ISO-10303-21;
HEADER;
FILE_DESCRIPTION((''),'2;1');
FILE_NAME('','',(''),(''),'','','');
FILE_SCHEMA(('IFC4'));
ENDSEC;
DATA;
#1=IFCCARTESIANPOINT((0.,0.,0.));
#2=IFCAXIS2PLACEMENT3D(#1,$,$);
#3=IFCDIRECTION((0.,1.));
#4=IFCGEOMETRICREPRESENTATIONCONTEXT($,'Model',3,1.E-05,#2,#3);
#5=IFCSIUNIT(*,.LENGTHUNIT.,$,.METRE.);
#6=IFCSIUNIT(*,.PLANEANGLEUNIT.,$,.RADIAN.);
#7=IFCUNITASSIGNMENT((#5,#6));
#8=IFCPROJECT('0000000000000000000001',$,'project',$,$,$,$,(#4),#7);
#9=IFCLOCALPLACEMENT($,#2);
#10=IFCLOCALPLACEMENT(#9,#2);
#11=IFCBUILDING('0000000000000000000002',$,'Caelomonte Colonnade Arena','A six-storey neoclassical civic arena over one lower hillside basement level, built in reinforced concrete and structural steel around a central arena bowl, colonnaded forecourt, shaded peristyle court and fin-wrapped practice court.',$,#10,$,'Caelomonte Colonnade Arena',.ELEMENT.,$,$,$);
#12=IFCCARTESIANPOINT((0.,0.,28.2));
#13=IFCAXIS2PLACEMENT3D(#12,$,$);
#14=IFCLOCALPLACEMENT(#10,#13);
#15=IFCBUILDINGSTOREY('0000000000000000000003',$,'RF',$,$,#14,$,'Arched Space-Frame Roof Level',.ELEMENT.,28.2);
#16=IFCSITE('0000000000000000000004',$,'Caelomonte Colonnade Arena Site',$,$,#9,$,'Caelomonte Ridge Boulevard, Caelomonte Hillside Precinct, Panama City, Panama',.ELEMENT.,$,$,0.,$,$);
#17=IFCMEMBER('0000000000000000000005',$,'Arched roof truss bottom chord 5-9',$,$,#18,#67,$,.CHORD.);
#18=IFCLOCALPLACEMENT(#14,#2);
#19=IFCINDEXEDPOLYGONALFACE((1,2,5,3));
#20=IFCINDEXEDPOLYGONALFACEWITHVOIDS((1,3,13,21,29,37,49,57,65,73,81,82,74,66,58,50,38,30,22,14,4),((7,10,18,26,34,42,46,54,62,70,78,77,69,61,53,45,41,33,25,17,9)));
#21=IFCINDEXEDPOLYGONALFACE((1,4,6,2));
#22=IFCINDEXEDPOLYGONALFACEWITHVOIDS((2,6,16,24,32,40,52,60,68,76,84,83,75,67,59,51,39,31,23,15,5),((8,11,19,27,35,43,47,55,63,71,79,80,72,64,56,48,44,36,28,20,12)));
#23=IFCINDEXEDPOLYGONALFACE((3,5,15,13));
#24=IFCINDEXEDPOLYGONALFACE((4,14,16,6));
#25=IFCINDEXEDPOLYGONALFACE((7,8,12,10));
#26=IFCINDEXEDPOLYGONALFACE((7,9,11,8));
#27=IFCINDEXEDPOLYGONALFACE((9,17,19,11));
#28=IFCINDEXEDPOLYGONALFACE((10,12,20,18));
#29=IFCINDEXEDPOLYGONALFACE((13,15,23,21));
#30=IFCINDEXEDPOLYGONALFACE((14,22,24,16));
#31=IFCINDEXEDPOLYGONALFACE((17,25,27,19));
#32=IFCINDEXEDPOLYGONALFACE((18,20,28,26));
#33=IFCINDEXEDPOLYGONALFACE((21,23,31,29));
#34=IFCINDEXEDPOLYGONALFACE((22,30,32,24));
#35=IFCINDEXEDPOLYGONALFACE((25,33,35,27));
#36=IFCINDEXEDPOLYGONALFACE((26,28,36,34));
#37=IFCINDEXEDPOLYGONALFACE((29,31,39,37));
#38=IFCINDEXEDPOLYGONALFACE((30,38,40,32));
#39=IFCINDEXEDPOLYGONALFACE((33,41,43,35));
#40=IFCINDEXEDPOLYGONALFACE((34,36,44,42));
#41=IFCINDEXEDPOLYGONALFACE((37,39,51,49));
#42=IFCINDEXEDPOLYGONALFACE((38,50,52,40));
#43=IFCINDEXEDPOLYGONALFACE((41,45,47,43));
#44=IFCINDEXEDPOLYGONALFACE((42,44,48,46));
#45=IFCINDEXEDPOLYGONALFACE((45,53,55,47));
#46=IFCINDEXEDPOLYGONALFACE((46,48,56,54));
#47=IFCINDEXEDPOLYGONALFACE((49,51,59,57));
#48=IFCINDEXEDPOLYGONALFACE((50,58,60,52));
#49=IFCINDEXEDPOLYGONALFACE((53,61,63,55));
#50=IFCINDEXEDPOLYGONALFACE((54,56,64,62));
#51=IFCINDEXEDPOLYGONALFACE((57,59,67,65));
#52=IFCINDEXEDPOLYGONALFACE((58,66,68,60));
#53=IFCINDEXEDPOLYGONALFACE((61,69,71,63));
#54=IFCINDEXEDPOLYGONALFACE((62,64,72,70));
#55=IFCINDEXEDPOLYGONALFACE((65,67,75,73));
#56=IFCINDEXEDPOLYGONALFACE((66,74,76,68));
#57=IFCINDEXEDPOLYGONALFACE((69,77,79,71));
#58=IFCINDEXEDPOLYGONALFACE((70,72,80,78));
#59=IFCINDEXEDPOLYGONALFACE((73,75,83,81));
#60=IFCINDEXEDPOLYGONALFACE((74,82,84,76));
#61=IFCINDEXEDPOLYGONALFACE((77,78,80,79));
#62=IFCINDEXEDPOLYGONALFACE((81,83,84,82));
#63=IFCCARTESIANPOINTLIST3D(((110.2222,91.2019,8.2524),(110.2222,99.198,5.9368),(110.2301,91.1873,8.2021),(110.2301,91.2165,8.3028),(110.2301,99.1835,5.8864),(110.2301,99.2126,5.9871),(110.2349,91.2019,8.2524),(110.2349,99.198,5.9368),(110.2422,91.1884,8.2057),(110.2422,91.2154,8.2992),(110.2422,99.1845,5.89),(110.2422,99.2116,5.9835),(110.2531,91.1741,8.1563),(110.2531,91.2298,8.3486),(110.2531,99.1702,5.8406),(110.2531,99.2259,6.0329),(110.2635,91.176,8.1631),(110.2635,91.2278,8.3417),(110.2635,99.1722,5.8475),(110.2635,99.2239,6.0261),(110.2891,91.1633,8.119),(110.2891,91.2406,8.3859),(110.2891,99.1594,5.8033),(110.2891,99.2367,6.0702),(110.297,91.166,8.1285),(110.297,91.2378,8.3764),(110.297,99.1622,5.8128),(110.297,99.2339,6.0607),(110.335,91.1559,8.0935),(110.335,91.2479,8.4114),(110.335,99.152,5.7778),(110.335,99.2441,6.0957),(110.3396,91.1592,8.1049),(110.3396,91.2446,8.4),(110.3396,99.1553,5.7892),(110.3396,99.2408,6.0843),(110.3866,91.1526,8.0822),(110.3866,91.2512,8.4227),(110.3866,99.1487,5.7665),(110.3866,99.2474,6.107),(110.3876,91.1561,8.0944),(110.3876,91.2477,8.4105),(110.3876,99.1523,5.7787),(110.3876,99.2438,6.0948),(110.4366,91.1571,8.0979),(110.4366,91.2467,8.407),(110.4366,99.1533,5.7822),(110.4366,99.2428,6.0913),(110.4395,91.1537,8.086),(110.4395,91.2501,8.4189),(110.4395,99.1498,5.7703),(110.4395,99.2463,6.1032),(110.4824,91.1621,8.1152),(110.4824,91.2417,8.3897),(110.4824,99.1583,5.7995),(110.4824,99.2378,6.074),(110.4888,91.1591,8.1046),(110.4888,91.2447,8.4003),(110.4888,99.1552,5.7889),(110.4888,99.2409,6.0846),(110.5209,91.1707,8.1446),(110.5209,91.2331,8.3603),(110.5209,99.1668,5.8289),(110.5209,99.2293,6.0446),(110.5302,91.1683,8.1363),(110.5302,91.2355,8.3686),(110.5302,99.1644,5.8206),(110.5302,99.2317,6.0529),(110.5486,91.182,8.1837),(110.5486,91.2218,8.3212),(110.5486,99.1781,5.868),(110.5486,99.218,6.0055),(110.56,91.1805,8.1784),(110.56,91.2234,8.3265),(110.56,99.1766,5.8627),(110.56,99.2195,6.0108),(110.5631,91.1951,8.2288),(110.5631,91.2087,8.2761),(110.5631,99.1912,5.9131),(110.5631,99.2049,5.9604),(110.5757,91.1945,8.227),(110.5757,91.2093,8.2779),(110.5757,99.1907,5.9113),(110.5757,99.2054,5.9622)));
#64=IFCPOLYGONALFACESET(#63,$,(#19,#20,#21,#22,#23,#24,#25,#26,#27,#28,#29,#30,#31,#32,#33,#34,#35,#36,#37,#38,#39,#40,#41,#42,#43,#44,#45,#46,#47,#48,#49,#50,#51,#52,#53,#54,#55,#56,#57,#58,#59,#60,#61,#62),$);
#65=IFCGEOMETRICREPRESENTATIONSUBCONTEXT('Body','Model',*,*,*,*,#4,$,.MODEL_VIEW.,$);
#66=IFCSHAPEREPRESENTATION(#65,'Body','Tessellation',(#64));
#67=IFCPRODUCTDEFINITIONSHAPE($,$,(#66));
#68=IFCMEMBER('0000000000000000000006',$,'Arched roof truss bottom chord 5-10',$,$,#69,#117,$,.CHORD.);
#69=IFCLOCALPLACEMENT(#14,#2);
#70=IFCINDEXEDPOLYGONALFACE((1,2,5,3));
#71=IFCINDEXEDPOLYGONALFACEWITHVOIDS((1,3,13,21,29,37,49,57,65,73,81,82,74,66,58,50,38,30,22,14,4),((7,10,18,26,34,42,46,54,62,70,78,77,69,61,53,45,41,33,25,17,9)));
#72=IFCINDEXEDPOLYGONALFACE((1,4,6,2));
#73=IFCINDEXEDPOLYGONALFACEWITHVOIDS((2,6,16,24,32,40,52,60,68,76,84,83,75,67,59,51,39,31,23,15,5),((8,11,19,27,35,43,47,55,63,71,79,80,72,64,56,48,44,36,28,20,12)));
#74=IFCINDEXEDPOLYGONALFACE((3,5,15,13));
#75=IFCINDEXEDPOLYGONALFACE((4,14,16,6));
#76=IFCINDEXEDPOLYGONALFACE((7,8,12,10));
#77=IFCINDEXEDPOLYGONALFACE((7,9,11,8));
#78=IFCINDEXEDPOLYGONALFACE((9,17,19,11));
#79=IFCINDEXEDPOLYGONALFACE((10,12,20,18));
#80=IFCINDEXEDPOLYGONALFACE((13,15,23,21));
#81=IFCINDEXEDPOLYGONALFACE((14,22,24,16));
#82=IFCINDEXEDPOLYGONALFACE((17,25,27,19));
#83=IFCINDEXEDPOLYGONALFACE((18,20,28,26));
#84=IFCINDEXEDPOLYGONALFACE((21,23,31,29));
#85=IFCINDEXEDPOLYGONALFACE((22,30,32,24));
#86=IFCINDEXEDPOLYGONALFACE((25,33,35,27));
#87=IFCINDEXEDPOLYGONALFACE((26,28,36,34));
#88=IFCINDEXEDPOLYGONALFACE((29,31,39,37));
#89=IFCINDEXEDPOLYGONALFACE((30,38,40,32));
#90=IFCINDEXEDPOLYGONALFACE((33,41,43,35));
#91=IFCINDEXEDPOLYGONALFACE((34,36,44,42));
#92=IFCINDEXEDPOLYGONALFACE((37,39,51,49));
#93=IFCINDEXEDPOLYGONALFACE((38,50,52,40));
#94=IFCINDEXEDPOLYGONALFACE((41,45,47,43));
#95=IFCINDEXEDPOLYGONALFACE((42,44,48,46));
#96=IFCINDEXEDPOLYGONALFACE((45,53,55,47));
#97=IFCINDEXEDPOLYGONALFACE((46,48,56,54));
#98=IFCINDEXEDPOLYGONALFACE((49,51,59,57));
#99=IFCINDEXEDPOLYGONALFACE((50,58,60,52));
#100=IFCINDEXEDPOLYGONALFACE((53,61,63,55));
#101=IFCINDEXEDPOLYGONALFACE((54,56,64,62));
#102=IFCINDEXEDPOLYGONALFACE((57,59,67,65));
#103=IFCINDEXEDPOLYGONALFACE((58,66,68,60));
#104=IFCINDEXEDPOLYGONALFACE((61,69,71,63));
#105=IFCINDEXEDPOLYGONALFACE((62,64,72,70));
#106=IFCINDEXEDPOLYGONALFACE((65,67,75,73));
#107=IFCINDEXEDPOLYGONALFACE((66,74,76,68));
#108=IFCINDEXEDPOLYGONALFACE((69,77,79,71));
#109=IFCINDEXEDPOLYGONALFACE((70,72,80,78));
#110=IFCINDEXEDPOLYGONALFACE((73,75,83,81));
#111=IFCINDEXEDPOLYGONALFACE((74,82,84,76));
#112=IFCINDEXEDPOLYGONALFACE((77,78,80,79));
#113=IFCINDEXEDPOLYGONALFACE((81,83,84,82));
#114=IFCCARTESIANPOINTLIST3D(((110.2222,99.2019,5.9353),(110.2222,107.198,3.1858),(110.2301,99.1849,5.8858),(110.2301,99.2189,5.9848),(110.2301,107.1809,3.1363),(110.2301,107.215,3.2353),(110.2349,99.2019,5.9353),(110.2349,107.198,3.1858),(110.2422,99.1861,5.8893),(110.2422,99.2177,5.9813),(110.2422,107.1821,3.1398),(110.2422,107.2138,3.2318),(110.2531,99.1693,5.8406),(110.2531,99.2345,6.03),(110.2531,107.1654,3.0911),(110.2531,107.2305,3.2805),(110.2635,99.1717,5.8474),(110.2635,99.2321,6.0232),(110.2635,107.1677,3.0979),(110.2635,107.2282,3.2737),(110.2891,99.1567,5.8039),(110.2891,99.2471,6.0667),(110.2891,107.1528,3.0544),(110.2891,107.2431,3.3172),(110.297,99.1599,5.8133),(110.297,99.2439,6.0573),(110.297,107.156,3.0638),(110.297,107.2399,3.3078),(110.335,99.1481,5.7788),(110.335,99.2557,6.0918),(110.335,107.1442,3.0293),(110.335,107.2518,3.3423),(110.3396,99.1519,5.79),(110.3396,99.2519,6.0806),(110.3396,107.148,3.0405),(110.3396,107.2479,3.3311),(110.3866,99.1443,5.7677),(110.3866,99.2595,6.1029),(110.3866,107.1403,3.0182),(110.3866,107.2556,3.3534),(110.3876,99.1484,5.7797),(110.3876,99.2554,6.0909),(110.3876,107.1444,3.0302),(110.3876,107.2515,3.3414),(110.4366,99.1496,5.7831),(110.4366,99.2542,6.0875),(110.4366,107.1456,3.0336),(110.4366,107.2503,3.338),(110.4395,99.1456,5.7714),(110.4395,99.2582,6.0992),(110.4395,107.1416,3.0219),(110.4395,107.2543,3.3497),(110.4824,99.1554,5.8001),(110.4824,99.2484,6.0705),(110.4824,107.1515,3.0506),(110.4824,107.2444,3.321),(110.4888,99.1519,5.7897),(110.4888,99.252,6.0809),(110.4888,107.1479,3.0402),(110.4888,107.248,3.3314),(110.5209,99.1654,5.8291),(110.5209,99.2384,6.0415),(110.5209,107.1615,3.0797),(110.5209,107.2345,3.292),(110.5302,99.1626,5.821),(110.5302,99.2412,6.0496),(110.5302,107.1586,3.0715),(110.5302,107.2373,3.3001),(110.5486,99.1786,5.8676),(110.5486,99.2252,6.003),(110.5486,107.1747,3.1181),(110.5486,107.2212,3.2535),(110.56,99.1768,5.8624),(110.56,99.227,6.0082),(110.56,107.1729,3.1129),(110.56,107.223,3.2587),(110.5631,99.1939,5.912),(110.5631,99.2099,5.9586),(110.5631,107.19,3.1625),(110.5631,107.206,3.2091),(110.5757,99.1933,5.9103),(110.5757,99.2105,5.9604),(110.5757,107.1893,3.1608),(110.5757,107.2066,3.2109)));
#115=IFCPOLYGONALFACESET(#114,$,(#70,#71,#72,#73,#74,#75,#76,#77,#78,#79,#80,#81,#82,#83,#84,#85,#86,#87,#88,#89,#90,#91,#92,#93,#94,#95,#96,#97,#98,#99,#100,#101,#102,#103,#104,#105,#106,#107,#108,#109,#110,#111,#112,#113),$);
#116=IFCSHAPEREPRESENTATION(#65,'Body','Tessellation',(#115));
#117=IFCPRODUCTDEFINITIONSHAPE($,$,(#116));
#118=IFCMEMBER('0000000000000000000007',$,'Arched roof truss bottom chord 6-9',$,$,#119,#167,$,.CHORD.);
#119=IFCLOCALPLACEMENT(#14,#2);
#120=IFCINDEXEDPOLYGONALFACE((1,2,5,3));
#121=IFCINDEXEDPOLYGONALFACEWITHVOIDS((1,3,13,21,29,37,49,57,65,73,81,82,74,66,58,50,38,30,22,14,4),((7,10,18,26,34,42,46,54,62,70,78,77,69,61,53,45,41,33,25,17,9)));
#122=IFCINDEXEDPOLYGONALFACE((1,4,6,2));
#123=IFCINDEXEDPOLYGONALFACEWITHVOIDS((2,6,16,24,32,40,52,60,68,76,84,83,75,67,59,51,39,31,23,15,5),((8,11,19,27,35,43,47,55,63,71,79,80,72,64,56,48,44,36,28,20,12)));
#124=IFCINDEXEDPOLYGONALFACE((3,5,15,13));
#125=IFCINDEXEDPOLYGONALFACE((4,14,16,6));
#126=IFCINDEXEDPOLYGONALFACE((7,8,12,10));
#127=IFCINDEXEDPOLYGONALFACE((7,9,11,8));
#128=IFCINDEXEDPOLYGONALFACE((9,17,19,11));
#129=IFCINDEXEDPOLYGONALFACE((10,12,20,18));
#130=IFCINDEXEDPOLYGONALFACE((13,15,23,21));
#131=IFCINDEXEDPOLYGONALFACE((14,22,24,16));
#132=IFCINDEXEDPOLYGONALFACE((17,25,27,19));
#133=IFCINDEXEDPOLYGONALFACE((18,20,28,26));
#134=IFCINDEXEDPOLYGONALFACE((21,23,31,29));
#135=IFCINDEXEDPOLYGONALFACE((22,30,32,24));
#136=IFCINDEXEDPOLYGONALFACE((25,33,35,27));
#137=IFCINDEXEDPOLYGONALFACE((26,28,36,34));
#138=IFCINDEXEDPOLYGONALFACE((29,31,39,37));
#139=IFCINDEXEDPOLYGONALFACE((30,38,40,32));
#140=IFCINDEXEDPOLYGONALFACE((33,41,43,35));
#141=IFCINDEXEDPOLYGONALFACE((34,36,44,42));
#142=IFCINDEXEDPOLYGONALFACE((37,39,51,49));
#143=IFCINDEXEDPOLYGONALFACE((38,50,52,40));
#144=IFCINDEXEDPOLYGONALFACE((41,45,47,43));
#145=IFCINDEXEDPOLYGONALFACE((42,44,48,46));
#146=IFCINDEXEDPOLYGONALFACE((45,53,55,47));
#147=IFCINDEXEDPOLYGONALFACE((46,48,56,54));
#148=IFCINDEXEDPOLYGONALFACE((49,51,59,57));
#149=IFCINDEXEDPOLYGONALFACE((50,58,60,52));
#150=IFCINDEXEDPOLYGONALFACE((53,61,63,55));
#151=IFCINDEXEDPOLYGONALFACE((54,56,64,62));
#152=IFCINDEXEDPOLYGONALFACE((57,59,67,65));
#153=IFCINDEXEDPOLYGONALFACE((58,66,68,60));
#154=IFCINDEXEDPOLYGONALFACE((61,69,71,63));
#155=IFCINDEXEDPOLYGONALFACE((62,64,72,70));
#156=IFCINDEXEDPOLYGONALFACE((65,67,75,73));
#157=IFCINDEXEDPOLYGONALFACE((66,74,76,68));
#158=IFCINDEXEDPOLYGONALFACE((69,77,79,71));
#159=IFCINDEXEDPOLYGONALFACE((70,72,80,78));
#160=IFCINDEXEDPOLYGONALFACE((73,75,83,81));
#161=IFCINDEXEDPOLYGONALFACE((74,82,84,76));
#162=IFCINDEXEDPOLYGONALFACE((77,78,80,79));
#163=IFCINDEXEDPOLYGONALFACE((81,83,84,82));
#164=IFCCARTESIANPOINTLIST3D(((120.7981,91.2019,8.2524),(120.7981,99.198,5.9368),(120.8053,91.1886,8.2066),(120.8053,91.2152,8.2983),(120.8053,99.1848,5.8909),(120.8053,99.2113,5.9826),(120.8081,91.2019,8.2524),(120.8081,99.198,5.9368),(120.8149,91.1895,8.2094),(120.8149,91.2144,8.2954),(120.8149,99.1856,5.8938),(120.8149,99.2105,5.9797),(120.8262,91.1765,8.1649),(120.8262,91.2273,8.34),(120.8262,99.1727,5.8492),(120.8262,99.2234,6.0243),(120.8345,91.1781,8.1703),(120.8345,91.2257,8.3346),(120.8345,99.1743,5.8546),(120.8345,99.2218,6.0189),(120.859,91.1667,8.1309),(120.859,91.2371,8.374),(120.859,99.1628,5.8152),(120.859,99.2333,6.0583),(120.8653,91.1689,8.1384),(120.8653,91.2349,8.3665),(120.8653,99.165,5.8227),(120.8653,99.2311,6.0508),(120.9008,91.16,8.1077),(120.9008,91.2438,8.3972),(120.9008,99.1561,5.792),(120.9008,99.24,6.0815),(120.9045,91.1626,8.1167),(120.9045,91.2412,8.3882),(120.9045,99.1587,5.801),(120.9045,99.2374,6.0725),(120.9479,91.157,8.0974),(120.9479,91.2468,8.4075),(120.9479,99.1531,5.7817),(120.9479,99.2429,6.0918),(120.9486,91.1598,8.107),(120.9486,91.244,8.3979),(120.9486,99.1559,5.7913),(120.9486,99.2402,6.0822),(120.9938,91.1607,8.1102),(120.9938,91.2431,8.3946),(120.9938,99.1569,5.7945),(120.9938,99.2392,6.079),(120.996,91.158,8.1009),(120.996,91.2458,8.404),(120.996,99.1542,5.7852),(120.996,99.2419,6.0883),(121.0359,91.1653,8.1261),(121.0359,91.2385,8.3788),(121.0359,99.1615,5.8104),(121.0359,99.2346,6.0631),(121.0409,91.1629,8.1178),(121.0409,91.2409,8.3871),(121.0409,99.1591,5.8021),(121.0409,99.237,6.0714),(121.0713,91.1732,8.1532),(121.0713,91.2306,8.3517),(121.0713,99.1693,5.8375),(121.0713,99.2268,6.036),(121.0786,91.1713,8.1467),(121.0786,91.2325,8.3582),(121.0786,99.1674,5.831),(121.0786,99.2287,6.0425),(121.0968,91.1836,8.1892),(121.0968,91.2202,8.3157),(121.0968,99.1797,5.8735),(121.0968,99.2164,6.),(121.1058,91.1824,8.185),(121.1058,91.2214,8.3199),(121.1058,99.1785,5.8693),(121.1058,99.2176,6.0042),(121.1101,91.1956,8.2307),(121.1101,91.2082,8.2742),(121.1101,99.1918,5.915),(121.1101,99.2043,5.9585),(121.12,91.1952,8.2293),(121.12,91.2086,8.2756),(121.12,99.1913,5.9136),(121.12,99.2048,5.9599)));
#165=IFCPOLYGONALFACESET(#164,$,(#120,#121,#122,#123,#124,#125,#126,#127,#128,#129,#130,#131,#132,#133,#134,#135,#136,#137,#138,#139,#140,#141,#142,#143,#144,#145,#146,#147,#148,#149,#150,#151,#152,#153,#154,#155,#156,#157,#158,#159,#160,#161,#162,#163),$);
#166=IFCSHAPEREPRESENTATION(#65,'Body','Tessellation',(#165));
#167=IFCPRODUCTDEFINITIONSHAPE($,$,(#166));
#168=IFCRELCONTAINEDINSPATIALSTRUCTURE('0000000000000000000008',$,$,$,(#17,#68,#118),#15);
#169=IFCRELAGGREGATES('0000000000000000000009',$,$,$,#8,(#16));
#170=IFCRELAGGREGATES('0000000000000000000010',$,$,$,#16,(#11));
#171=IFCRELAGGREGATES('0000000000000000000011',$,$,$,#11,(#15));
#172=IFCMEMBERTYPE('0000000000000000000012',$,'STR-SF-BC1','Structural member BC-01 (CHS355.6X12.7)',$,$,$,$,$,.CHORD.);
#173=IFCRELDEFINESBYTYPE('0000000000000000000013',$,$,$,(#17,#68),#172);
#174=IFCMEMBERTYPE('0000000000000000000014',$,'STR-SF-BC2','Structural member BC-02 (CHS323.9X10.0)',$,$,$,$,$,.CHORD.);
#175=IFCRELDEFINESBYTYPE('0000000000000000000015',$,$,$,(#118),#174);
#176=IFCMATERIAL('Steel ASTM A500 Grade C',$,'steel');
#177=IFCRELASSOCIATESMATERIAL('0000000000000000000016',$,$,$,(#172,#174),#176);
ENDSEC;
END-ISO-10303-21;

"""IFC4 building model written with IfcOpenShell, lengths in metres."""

from ifc_helpers import new_model, si_unit, direction, frame, origin, origin_2d, place, context, subcontext, project, spatial, hollow_circle, extrude, material, material_profile, profile_set, type_object, element, save


model = new_model("IFC4")

# Units and contexts
model_context = context("Model", 3, precision=1e-05, world=origin(), true_north=direction((0.0, 1.0)))
body_context = subcontext(model_context, "Body", "Model", "MODEL_VIEW")
ifc_project = project(units=[si_unit("LENGTHUNIT", "METRE"), si_unit("PLANEANGLEUNIT", "RADIAN")], contexts=[model_context])

# Site, building, storey
site_placement = place(None, origin())
site = spatial("IfcSite", under=ifc_project, at=site_placement, Name="Caelomonte Colonnade Arena Site", LongName="Caelomonte Ridge Boulevard, Caelomonte Hillside Precinct, Panama City, Panama", CompositionType="ELEMENT", RefElevation=0.0)
building_placement = place(site_placement, origin())
building = spatial("IfcBuilding", under=site, at=building_placement, Name="Caelomonte Colonnade Arena", Description="A six-storey neoclassical civic arena over one lower hillside basement level, built in reinforced concrete and structural steel around a central arena bowl, colonnaded forecourt, shaded peristyle court and fin-wrapped practice court.", LongName="Caelomonte Colonnade Arena", CompositionType="ELEMENT")
storey_placement = place(building_placement, frame((0.0, 0.0, 28.2)))
storey = spatial("IfcBuildingStorey", under=building, at=storey_placement, Name="RF", LongName="Arched Space-Frame Roof Level", CompositionType="ELEMENT", Elevation=28.2)

# Members
ifc_material_1 = material(Name="Steel ASTM A500 Grade C", Category="steel")
ifc_material_profile_1 = material_profile(ifc_material_1, hollow_circle(Radius=0.1777, WallThickness=0.0127, at=origin_2d()), Name="CHS355.6X12.7")
ifc_profile_set_1 = profile_set([ifc_material_profile_1], Name="Steel ASTM A500 Grade C")
member_type_1 = type_object("IfcMemberType", Name="STR-SF-BC1", Description="Structural member BC-01 (CHS355.6X12.7)", PredefinedType="CHORD", material=ifc_profile_set_1)
member_1_placement = place(storey_placement, frame((110.3999, 91.2019, 8.2524), z_axis=(0.0, 0.960532, -0.278171), x_axis=(-1.0, 0.0, 0.0)))
element("IfcMember", 1, at=member_1_placement, inside=storey, type_object=member_type_1, Name="Arched roof truss bottom chord 5-9", PredefinedType="CHORD", context=body_context, shape_type="SweptSolid", body=[
    extrude(hollow_circle(Radius=0.1777, WallThickness=0.0127, at=origin_2d()), origin(), (0.0, 0.0, 1.0), 8.3247),
])
member_2_placement = place(storey_placement, frame((110.3999, 99.2019, 5.9353), z_axis=(0.0, 0.945656, -0.32517), x_axis=(-1.0, 0.0, 0.0)))
element("IfcMember", 2, at=member_2_placement, inside=storey, type_object=member_type_1, Name="Arched roof truss bottom chord 5-10", PredefinedType="CHORD", context=body_context, shape_type="SweptSolid", body=[
    extrude(hollow_circle(Radius=0.1777, WallThickness=0.0127, at=origin_2d()), origin(), (0.0, 0.0, 1.0), 8.4556),
])
ifc_material_profile_2 = material_profile(ifc_material_1, hollow_circle(Radius=0.1619, WallThickness=0.01, at=origin_2d()), Name="CHS323.9X10.0")
ifc_profile_set_2 = profile_set([ifc_material_profile_2], Name="Steel ASTM A500 Grade C")
member_type_2 = type_object("IfcMemberType", Name="STR-SF-BC2", Description="Structural member BC-02 (CHS323.9X10.0)", PredefinedType="CHORD", material=ifc_profile_set_2)
member_3_placement = place(storey_placement, frame((120.96, 91.2019, 8.2524), z_axis=(0.0, 0.960532, -0.278171), x_axis=(-1.0, 0.0, 0.0)))
element("IfcMember", 3, at=member_3_placement, inside=storey, type_object=member_type_2, Name="Arched roof truss bottom chord 6-9", PredefinedType="CHORD", context=body_context, shape_type="SweptSolid", body=[
    extrude(hollow_circle(Radius=0.1619, WallThickness=0.01, at=origin_2d()), origin(), (0.0, 0.0, 1.0), 8.3247),
])

save(model, "model.ifc")
